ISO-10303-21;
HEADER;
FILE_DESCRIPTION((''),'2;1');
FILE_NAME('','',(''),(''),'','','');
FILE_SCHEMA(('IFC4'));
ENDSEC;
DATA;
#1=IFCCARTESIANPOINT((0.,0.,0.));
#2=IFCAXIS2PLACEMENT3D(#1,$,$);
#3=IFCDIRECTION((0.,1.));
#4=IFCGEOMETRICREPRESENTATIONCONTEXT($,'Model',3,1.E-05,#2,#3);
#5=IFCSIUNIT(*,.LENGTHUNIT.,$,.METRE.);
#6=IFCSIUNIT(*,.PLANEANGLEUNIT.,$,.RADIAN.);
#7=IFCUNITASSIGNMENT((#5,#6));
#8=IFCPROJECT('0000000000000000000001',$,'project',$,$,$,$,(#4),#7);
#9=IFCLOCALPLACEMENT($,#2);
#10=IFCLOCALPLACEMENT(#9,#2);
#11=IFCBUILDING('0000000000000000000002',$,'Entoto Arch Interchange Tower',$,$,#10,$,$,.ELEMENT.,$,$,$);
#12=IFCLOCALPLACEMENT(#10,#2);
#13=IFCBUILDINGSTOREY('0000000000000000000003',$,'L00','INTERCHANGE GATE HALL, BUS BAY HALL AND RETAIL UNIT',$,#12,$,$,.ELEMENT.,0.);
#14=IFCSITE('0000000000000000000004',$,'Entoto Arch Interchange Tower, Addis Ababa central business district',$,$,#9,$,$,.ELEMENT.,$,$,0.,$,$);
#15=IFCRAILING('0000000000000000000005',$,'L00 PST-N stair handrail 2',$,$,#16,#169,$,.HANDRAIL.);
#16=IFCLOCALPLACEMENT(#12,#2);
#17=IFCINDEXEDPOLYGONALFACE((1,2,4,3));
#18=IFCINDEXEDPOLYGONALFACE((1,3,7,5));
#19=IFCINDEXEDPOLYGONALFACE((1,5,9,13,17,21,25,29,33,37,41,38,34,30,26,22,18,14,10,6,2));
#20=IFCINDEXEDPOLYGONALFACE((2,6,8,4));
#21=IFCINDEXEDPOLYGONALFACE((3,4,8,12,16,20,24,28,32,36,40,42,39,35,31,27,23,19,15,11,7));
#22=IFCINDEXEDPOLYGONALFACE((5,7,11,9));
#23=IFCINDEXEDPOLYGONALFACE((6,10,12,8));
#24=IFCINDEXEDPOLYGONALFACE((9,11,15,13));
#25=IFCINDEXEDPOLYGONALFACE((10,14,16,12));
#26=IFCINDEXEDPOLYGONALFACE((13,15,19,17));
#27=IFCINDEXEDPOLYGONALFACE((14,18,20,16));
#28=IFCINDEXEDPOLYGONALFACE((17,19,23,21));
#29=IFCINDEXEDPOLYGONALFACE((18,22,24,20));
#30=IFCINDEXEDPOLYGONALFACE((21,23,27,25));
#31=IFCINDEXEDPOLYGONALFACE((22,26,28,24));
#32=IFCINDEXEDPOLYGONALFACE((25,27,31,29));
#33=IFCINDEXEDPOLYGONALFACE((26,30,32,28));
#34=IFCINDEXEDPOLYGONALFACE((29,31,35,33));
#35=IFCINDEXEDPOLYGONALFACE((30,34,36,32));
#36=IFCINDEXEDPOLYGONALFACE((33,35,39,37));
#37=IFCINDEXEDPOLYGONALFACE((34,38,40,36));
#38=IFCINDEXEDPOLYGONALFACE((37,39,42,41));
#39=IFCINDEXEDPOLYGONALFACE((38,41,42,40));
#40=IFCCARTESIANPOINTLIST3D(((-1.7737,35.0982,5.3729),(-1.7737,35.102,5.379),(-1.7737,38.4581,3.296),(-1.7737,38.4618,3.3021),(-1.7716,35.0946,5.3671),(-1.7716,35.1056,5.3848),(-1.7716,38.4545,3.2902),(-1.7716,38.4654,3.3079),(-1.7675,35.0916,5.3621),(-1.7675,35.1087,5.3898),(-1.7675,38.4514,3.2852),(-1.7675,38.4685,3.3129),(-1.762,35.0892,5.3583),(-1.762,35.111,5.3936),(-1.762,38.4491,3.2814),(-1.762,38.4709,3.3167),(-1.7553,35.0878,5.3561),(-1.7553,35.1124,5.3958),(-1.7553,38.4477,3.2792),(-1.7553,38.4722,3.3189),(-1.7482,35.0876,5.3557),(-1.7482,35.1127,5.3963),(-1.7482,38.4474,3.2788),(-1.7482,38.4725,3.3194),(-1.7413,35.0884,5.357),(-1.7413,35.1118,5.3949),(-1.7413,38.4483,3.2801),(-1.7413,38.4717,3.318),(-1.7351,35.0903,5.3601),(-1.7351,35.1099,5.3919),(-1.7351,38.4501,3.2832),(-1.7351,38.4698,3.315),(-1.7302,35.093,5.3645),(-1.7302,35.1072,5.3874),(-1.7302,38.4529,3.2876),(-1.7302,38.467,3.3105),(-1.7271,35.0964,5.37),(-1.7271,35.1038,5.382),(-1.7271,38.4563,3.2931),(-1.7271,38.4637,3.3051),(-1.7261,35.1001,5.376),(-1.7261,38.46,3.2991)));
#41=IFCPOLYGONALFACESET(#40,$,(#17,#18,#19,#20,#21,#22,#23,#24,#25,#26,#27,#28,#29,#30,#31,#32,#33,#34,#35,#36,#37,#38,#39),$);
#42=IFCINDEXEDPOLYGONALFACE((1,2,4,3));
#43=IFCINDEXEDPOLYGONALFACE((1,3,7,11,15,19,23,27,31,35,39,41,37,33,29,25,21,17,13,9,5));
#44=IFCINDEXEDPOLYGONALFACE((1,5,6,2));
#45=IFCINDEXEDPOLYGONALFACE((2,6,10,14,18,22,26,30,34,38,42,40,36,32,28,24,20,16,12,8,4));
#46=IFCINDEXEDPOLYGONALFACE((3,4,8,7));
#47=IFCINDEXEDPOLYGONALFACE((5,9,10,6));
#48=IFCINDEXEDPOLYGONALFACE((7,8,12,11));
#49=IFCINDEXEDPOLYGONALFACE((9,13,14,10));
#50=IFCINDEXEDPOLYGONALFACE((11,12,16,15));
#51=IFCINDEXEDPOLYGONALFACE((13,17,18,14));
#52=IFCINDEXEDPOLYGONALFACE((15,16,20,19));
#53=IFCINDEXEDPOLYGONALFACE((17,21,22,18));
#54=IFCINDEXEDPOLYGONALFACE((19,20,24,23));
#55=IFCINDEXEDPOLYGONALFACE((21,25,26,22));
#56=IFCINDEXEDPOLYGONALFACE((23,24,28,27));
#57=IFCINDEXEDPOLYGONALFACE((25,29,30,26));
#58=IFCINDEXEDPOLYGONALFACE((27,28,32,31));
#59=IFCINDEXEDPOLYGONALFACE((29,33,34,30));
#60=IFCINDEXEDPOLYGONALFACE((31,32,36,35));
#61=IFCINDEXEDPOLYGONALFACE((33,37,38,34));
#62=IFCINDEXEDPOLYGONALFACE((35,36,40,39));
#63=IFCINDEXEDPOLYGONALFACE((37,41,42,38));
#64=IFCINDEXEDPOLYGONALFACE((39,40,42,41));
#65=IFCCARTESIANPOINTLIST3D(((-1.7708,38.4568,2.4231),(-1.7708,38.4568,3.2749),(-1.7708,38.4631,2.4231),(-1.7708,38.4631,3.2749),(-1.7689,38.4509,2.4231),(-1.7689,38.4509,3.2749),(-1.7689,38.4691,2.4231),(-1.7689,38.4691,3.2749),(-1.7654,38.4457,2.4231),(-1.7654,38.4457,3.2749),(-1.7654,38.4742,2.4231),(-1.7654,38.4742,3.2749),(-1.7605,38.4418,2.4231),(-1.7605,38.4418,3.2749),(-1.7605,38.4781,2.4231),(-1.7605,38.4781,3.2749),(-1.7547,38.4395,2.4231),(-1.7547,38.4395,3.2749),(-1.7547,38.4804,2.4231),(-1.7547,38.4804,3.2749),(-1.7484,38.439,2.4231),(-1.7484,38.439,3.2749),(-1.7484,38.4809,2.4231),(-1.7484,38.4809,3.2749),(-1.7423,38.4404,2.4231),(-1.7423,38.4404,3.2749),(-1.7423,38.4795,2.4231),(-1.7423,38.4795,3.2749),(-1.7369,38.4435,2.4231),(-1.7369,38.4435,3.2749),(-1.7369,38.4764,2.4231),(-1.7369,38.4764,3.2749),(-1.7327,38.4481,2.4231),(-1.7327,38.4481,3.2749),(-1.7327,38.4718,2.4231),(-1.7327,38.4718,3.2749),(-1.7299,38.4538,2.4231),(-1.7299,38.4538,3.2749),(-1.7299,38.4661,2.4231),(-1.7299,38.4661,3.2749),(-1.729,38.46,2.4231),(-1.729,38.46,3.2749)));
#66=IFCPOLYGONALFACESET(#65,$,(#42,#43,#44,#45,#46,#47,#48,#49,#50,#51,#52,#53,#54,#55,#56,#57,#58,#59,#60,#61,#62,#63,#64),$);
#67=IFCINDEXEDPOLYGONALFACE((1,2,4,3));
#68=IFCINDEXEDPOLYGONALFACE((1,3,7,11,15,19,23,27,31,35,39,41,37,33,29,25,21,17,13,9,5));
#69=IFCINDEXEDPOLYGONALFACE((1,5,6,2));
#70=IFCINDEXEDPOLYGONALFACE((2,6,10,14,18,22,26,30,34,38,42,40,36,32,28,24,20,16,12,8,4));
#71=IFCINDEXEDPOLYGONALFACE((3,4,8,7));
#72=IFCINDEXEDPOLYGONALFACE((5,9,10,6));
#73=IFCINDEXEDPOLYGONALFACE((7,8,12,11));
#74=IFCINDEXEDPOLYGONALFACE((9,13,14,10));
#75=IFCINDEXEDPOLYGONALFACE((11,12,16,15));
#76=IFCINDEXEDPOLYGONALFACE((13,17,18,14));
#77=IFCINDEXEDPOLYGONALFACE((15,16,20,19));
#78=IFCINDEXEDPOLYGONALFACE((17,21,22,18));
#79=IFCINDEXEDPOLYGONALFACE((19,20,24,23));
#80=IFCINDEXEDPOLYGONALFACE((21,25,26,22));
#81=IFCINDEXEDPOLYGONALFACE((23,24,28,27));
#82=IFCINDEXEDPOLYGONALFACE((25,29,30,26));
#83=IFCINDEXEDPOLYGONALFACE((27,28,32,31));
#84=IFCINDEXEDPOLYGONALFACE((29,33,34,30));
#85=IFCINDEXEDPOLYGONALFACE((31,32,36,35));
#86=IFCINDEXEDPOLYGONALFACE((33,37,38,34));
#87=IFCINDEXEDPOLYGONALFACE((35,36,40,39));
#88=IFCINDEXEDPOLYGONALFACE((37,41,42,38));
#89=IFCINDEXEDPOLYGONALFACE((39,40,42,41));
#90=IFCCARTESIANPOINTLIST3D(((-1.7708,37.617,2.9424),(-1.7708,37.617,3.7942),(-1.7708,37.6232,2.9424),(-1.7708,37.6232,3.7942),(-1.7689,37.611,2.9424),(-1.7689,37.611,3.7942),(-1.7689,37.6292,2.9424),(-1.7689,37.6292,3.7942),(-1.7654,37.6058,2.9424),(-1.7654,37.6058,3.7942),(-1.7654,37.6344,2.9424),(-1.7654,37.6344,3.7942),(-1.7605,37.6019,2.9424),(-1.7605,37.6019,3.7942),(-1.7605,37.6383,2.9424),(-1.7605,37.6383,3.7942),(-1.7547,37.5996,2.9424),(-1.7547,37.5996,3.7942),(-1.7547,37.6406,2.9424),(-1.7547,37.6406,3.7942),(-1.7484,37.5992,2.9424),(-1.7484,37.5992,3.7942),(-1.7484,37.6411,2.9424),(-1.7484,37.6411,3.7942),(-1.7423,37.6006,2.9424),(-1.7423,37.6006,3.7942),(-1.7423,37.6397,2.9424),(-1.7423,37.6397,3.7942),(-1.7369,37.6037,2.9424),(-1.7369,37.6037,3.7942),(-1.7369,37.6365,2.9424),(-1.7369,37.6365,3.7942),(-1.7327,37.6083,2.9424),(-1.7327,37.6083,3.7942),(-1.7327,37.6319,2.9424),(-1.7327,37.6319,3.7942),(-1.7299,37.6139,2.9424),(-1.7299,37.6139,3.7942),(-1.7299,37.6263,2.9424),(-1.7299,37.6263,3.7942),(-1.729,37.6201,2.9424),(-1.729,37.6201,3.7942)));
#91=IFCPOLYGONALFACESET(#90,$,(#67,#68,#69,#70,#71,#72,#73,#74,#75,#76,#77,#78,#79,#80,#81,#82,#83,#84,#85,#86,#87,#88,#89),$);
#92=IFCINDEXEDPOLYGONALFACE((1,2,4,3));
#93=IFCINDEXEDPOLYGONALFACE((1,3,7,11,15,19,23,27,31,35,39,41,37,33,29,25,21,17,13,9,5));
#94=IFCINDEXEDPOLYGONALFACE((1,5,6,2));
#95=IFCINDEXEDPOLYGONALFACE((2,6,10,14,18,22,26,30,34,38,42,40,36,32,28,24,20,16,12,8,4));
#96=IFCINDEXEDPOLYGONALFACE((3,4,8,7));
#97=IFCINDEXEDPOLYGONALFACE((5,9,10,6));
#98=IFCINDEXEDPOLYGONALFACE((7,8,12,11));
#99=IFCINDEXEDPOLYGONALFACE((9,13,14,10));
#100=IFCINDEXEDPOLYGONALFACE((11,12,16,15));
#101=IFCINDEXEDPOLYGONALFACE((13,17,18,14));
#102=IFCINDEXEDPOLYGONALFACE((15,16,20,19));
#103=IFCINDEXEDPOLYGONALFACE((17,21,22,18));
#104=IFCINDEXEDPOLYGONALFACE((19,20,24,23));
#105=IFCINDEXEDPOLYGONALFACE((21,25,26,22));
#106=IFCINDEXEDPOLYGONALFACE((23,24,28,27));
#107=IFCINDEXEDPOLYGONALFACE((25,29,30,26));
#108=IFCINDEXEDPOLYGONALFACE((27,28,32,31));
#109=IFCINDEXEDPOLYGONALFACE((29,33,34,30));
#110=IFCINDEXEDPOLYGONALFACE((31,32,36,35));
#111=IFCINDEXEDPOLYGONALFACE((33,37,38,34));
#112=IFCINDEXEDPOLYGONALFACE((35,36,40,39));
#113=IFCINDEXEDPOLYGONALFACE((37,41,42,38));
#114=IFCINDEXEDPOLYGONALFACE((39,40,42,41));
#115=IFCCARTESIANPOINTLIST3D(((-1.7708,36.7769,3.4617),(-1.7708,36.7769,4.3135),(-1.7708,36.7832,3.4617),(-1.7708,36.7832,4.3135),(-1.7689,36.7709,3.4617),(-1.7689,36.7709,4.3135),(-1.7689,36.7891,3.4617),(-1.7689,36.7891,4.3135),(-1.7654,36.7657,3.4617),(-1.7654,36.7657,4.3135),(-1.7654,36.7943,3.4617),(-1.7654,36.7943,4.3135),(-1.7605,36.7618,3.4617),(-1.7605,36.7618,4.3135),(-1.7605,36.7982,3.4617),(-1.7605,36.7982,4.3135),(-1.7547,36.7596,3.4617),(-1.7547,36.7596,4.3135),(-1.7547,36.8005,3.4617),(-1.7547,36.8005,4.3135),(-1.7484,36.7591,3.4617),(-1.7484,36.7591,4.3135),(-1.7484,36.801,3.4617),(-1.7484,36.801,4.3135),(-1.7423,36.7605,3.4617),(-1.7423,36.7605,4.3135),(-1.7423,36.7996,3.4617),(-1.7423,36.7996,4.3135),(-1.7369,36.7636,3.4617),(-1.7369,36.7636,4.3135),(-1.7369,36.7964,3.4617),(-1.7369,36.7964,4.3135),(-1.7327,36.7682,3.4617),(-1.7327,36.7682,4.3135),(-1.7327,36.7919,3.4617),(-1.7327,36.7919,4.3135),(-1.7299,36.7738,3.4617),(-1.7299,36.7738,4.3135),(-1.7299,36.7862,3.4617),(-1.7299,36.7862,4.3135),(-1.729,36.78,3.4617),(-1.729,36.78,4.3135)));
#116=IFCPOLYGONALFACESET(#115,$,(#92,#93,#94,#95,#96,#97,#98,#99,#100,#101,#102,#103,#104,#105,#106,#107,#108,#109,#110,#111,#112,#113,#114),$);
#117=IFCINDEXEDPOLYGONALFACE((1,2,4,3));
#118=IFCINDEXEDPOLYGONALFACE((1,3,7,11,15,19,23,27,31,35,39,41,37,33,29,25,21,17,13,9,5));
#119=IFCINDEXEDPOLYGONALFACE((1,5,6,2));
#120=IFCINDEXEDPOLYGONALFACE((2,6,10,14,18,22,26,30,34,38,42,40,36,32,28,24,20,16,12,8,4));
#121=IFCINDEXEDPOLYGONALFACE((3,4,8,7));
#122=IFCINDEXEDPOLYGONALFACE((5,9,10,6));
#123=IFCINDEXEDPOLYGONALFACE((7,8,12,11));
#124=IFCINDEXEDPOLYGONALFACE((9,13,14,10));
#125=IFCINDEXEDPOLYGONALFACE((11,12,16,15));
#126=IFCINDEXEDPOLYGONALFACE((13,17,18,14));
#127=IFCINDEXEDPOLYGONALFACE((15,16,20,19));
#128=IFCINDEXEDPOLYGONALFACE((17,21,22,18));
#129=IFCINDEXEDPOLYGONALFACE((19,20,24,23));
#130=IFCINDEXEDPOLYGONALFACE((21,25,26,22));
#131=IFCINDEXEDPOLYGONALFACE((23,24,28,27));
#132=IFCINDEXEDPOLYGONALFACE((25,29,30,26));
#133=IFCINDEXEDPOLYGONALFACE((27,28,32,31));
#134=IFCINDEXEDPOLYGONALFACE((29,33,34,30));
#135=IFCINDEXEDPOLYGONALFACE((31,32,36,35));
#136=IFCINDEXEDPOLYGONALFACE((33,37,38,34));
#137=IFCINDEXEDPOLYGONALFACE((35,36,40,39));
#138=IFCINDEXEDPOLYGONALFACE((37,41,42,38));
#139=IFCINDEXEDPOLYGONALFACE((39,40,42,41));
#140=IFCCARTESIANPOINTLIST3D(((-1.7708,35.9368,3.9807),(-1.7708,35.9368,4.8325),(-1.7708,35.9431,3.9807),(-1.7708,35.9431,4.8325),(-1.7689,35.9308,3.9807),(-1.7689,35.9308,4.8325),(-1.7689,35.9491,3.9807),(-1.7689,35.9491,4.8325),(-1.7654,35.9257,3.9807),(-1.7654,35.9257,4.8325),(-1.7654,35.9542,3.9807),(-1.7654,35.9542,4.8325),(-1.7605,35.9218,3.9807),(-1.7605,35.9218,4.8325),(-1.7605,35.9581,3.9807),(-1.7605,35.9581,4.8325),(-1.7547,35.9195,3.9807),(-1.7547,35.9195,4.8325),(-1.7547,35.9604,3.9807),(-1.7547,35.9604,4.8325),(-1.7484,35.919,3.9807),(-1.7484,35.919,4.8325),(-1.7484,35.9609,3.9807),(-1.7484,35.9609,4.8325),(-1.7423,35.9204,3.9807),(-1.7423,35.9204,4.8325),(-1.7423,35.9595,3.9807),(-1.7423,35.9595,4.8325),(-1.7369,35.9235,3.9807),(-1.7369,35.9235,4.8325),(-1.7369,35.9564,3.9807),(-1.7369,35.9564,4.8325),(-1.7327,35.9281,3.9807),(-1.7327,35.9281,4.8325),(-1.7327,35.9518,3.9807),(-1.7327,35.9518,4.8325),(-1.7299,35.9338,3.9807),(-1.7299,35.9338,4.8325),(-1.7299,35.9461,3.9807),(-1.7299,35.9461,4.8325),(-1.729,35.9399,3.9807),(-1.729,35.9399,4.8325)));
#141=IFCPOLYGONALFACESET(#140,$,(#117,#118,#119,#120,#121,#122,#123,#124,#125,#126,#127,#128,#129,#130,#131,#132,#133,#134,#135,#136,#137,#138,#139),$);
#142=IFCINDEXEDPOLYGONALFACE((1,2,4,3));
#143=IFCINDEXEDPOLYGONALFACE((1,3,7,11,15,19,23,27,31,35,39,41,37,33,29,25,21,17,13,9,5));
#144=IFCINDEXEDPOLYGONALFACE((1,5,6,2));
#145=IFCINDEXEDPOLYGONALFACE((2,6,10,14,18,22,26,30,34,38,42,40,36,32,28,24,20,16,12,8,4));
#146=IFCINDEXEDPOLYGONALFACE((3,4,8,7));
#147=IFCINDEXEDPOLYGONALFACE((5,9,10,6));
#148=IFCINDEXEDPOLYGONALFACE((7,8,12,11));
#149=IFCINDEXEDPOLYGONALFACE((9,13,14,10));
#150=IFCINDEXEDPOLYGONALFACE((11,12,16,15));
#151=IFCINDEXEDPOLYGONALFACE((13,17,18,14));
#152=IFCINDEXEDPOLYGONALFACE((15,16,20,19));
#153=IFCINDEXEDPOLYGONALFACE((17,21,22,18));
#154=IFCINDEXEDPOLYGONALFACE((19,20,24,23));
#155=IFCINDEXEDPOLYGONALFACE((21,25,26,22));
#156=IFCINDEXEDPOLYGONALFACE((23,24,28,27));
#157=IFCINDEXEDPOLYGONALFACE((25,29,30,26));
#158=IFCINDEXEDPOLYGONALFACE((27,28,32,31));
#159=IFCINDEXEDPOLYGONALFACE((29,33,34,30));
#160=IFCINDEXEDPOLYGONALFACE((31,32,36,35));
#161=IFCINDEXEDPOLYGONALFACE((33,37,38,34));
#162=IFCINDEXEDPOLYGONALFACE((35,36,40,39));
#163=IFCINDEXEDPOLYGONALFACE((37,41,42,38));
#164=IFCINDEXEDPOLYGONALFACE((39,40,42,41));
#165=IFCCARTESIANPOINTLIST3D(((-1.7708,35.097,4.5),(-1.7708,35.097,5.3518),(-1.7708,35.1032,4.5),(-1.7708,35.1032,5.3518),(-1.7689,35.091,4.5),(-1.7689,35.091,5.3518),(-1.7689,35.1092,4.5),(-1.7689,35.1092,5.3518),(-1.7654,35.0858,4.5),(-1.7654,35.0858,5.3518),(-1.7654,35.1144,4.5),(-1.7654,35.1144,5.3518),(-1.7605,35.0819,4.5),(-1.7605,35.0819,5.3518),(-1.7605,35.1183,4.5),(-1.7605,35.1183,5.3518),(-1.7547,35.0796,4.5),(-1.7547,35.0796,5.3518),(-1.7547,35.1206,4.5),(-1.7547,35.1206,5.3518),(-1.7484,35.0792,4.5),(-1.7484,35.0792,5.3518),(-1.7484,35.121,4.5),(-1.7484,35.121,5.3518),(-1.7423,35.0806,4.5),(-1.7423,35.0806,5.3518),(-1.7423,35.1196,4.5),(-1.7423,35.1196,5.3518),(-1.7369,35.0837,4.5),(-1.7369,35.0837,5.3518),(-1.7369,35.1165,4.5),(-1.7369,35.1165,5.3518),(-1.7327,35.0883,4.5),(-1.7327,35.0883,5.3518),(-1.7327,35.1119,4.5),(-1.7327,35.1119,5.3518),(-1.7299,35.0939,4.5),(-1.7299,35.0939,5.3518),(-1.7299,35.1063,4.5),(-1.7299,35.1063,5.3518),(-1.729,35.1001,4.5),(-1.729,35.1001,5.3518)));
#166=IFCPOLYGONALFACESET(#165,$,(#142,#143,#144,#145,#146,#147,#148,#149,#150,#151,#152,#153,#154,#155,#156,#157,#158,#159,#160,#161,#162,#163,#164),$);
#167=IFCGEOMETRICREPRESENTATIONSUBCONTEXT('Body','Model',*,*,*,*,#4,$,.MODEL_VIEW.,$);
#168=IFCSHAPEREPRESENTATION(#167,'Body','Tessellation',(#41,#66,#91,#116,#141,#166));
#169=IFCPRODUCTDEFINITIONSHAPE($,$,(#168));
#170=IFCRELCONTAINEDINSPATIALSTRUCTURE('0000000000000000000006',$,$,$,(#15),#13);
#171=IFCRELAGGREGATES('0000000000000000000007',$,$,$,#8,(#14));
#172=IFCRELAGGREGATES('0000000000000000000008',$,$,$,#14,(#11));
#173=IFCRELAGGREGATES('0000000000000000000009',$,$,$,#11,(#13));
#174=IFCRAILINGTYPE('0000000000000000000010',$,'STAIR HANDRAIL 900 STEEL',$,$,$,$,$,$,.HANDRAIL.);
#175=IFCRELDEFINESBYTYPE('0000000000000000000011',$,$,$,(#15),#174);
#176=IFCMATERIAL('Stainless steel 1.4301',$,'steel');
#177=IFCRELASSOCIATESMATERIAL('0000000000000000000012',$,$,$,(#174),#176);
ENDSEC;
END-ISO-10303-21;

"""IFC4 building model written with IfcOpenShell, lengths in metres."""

from ifc_helpers import new_model, si_unit, direction, frame, origin, origin_2d, place, context, subcontext, project, spatial, circle, extrude, material, type_object, element, save


model = new_model("IFC4")

# Units and contexts
model_context = context("Model", 3, precision=1e-05, world=origin(), true_north=direction((0.0, 1.0)))
body_context = subcontext(model_context, "Body", "Model", "MODEL_VIEW")
ifc_project = project(units=[si_unit("LENGTHUNIT", "METRE"), si_unit("PLANEANGLEUNIT", "RADIAN")], contexts=[model_context])

# Site, building, storey
site_placement = place(None, origin())
site = spatial("IfcSite", under=ifc_project, at=site_placement, Name="Entoto Arch Interchange Tower, Addis Ababa central business district", CompositionType="ELEMENT", RefElevation=0.0)
building_placement = place(site_placement, origin())
building = spatial("IfcBuilding", under=site, at=building_placement, Name="Entoto Arch Interchange Tower", CompositionType="ELEMENT")
storey_placement = place(building_placement, origin())
storey = spatial("IfcBuildingStorey", under=building, at=storey_placement, Name="L00", Description="INTERCHANGE GATE HALL, BUS BAY HALL AND RETAIL UNIT", CompositionType="ELEMENT", Elevation=0.0)

# Railing
ifc_material_1 = material(Name="Stainless steel 1.4301", Category="steel")
railing_type_1 = type_object("IfcRailingType", Name="STAIR HANDRAIL 900 STEEL", PredefinedType="HANDRAIL", material=ifc_material_1)
for number, where, name in (
    (1, (-1.75, 38.46, 2.4231), "L00 PST-N stair handrail 2"),
):
    element("IfcRailing", number, at=place(storey_placement, frame(where)), inside=storey, type_object=railing_type_1, Name=name, PredefinedType="HANDRAIL", context=body_context, shape_type="SweptSolid", body=[
        extrude(circle(Radius=0.0239, at=origin_2d()), frame((0.0, 0.0, 0.876), z_axis=(0.0, -0.850606, 0.525803), x_axis=(1.0, 0.0, 0.0)), (0.0, 0.0, 1.0), 3.95),
        extrude(circle(Radius=0.021, at=origin_2d()), origin(), (0.0, 0.0, 1.0), 0.8518),
        extrude(circle(Radius=0.021, at=origin_2d()), frame((0.0, -0.8398, 0.5193)), (0.0, 0.0, 1.0), 0.8518),
        extrude(circle(Radius=0.021, at=origin_2d()), frame((0.0, -1.6799, 1.0386)), (0.0, 0.0, 1.0), 0.8518),
        extrude(circle(Radius=0.021, at=origin_2d()), frame((0.0, -2.52, 1.5576)), (0.0, 0.0, 1.0), 0.8518),
        extrude(circle(Radius=0.021, at=origin_2d()), frame((0.0, -3.3599, 2.0769)), (0.0, 0.0, 1.0), 0.8518),
    ])

save(model, "model.ifc")
